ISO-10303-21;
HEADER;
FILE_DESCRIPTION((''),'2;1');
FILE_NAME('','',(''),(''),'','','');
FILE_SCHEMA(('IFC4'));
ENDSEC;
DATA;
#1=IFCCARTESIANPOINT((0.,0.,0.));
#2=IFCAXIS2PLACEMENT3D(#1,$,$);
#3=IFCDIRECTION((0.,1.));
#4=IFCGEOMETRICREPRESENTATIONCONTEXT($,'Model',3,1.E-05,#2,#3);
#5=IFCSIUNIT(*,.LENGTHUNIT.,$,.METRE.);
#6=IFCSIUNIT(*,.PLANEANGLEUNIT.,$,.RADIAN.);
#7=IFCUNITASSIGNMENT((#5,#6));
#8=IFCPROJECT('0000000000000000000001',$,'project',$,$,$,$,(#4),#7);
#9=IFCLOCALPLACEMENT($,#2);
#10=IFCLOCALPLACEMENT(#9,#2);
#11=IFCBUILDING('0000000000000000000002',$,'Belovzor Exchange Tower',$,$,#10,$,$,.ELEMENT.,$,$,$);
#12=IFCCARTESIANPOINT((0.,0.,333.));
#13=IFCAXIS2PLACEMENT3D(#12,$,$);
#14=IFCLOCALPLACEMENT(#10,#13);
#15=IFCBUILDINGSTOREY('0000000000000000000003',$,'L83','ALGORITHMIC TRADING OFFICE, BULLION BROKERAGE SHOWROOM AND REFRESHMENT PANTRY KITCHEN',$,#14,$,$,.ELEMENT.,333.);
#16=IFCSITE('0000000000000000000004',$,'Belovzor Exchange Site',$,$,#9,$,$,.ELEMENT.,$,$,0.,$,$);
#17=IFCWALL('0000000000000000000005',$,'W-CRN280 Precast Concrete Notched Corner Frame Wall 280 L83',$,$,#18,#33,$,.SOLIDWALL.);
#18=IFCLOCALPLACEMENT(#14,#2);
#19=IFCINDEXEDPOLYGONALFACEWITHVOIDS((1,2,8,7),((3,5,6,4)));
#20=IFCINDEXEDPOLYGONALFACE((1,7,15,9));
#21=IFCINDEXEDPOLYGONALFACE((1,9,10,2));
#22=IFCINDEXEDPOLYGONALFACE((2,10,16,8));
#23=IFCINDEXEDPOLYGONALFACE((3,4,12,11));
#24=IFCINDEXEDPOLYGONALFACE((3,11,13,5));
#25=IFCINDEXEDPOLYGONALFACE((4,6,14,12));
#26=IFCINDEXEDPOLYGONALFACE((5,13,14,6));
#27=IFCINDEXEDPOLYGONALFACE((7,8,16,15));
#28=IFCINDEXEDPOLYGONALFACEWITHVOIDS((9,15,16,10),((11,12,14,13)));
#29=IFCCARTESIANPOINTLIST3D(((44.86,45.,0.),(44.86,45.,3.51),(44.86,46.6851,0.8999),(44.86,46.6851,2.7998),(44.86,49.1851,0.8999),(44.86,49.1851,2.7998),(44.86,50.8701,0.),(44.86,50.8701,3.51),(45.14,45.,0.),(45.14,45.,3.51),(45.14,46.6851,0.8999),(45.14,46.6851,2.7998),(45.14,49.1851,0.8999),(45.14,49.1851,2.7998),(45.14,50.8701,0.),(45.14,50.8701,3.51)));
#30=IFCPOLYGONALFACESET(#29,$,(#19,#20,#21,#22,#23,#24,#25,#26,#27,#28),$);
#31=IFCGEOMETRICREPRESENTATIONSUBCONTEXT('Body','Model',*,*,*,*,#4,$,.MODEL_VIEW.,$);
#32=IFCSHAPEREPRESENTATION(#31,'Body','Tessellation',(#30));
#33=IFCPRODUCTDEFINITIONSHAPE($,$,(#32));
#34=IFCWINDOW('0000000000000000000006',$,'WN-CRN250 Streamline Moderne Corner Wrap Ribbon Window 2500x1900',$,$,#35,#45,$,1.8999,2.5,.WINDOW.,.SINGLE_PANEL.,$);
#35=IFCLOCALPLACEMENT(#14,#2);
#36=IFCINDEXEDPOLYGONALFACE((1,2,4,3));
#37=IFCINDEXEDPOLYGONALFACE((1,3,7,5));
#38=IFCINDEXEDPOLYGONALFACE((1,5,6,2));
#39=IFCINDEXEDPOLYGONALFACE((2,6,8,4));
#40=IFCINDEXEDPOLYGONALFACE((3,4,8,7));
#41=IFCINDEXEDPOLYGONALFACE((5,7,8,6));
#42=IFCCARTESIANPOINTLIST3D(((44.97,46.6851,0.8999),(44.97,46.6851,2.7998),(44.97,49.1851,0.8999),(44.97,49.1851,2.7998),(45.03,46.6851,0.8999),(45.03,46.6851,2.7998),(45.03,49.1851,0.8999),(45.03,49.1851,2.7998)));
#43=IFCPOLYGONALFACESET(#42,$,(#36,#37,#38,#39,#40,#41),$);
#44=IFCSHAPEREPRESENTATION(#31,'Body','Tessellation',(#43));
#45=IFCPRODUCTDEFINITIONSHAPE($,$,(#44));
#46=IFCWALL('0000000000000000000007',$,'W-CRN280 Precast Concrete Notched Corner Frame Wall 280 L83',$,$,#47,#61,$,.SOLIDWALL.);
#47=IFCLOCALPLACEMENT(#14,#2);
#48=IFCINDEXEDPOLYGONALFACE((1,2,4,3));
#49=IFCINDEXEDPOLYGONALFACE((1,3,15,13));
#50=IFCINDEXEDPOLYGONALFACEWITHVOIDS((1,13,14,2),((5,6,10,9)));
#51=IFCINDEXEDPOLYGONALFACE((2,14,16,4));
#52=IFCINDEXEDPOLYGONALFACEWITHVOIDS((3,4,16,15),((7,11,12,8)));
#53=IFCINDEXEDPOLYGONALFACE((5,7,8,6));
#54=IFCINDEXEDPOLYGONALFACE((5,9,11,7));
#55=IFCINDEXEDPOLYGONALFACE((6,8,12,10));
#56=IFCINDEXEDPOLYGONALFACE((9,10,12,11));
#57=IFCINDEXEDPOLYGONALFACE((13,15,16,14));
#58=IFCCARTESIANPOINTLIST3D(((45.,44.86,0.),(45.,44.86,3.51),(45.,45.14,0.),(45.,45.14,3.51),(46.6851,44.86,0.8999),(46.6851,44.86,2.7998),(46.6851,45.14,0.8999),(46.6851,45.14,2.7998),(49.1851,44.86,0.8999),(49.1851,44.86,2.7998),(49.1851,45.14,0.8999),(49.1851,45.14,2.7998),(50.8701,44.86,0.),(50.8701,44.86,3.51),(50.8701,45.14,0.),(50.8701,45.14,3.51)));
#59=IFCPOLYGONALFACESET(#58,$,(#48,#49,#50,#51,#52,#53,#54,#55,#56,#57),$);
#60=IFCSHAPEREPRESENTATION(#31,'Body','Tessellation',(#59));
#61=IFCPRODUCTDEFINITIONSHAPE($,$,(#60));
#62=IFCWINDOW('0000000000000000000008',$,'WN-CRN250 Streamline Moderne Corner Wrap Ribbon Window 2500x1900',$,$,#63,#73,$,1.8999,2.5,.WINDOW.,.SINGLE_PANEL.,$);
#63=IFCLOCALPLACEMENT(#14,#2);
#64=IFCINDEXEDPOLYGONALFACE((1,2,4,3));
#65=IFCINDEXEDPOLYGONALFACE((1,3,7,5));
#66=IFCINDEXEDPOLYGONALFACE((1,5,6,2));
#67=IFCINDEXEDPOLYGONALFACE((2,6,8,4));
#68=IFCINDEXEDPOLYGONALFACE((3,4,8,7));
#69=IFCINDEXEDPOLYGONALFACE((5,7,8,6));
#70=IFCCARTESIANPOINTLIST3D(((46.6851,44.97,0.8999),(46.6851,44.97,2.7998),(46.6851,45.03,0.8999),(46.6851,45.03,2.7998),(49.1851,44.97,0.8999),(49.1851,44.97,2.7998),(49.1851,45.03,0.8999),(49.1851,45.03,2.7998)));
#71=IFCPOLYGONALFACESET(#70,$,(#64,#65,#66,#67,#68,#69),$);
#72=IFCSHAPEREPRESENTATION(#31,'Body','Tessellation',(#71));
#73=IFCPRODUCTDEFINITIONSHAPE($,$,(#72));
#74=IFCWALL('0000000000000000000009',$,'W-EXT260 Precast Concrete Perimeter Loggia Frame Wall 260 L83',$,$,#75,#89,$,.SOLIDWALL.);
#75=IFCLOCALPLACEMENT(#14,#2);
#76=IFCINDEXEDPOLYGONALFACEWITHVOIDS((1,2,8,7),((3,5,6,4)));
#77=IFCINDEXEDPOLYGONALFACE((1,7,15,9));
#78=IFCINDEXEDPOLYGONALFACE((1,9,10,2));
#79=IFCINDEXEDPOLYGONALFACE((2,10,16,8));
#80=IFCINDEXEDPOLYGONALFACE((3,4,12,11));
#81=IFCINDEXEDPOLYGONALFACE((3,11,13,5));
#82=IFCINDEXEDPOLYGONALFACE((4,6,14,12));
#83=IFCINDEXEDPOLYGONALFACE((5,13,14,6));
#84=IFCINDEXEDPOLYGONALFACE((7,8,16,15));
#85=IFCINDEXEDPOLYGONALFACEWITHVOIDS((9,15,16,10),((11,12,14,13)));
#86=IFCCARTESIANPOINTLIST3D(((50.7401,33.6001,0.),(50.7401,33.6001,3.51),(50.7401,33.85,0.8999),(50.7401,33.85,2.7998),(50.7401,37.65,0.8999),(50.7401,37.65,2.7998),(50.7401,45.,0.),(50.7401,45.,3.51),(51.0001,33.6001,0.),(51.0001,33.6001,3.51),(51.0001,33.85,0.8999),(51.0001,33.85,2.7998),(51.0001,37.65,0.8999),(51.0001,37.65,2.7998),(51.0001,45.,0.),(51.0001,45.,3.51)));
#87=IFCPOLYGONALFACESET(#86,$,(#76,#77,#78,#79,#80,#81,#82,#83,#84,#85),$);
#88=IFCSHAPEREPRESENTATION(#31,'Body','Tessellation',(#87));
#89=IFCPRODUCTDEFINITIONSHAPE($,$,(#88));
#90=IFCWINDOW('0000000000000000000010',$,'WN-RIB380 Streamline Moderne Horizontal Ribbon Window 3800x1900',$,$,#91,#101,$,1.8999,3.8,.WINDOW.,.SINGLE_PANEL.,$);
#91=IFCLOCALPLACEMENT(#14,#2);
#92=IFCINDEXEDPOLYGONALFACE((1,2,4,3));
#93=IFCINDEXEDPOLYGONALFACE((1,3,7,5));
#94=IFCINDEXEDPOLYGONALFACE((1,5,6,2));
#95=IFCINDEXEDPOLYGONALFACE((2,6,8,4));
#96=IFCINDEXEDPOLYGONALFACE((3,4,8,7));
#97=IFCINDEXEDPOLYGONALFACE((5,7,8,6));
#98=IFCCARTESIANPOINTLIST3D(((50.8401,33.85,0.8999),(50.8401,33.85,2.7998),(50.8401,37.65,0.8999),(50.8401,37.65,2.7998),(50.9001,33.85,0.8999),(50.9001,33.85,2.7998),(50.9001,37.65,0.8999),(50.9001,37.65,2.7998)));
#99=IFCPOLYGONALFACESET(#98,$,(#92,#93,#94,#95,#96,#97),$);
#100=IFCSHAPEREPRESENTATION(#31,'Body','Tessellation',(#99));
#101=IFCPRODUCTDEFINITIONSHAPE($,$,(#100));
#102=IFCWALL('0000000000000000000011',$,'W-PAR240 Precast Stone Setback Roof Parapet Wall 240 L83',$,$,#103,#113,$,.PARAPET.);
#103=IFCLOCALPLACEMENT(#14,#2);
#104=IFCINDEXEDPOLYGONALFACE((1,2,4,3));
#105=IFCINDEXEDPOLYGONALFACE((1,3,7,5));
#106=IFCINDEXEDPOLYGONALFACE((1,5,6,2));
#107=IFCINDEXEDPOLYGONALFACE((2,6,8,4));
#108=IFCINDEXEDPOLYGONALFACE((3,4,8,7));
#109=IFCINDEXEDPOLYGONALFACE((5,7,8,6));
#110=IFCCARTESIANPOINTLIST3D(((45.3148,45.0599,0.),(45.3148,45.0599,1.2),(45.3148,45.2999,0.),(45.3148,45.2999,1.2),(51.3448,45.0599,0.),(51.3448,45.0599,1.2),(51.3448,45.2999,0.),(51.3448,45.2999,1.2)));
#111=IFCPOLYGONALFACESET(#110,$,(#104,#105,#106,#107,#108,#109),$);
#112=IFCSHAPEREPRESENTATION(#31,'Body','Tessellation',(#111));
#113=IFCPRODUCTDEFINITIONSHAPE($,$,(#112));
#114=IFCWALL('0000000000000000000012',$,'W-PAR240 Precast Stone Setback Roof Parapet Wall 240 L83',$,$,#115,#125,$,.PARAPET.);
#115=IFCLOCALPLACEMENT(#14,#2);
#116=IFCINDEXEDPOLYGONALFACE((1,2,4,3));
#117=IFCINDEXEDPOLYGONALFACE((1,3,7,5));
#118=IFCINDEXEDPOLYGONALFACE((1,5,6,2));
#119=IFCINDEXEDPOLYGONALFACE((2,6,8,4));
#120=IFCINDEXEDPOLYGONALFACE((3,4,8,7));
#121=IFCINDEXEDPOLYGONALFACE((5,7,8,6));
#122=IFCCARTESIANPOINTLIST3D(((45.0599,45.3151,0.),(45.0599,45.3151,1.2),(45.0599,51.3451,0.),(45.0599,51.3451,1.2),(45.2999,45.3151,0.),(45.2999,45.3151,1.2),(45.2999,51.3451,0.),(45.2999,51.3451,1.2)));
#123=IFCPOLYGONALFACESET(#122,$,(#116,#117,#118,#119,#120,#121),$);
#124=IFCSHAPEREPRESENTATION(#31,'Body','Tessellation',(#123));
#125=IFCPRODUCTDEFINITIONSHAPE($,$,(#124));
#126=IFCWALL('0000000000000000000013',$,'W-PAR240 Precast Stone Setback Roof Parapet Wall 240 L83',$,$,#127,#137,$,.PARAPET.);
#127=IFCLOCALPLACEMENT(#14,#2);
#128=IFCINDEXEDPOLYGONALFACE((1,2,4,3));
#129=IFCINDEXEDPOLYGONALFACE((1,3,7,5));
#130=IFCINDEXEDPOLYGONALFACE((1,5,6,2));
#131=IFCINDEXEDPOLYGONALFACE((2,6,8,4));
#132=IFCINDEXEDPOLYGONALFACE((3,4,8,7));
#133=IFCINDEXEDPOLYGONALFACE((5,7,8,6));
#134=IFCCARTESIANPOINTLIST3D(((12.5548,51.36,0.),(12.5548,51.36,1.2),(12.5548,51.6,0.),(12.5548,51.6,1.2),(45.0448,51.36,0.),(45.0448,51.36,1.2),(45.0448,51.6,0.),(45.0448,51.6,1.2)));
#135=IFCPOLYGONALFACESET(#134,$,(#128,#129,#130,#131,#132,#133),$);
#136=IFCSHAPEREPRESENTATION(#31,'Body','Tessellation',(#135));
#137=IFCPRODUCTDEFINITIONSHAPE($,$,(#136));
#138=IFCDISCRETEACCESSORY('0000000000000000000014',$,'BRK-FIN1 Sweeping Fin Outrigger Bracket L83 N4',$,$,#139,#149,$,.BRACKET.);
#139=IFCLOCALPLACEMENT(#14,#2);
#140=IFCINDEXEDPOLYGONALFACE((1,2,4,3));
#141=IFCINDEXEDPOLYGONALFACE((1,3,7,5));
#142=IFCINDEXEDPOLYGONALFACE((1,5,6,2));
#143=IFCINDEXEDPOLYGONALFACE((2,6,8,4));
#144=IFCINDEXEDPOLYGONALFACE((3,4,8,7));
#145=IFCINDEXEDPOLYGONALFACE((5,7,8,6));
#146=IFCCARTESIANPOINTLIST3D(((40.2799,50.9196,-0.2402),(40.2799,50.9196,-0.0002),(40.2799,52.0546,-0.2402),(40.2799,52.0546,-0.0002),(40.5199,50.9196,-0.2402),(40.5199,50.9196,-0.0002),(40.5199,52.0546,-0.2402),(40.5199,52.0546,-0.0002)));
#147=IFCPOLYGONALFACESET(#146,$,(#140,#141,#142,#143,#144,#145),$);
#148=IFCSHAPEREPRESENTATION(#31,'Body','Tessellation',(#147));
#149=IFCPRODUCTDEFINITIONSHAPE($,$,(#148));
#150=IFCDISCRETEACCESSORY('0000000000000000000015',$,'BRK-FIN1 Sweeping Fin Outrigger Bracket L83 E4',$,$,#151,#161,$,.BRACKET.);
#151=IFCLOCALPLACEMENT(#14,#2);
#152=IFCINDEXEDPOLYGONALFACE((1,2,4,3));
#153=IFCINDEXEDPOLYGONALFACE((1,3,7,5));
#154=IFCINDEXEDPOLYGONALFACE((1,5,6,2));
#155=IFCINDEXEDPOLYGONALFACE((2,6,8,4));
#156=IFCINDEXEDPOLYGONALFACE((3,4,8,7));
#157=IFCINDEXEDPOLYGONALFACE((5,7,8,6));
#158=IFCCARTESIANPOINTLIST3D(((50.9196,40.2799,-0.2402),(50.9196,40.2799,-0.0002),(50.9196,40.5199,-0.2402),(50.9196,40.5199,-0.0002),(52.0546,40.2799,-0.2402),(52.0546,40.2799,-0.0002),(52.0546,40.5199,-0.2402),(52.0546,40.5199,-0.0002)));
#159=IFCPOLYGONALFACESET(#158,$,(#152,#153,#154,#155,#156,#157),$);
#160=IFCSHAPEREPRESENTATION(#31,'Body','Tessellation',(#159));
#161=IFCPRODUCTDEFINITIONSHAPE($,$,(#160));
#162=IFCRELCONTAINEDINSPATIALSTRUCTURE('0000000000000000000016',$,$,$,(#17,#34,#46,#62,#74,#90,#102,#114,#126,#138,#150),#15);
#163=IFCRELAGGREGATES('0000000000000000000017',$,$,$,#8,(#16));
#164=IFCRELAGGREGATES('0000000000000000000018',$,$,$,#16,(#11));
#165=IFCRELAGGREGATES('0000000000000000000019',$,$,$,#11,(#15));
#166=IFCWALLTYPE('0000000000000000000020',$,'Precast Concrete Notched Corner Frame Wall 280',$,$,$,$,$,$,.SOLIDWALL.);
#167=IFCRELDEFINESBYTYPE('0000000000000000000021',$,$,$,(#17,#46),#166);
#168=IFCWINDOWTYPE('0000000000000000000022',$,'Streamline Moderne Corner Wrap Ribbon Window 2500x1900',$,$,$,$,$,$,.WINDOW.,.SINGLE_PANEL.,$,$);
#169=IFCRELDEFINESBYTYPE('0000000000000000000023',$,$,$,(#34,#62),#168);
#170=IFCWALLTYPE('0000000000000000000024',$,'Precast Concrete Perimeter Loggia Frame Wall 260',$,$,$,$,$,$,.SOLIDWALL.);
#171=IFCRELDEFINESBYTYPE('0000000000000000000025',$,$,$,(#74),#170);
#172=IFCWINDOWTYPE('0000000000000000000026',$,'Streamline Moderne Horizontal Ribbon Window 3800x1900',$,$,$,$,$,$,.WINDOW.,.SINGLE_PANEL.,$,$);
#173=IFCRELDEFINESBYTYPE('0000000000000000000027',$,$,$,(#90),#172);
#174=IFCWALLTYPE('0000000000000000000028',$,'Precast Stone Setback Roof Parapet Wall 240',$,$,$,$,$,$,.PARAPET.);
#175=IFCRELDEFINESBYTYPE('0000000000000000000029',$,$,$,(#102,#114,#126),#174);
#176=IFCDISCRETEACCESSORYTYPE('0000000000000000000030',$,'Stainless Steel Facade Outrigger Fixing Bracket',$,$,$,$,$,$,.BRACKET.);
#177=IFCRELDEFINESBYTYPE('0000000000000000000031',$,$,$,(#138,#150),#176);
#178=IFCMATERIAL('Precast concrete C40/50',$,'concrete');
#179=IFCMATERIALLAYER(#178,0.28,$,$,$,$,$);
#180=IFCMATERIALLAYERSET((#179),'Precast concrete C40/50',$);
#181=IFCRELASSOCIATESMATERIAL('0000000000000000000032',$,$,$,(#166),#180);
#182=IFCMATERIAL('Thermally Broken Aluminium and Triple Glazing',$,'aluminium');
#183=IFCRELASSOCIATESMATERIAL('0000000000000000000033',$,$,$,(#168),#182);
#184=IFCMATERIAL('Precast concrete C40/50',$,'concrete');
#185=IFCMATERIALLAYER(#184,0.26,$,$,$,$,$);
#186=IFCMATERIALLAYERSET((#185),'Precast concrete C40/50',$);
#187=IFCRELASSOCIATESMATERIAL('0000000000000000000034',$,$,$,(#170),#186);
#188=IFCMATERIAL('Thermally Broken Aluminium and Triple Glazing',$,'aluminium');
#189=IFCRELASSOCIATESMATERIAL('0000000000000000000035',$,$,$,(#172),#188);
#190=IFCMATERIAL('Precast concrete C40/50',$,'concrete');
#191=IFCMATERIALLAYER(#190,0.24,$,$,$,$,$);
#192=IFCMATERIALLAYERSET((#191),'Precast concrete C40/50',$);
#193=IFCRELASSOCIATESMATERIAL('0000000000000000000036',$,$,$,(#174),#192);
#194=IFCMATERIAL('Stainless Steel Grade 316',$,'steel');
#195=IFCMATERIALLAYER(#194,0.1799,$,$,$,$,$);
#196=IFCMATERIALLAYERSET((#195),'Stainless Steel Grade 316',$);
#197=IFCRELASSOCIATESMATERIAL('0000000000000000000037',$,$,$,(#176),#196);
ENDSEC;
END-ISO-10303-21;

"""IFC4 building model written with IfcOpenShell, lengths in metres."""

from ifc_helpers import new_model, si_unit, direction, frame, frame_2d, origin, origin_2d, place, context, subcontext, project, spatial, rectangle, extrude, material, layer, layer_set, type_object, element, fill, save


model = new_model("IFC4")

# Units and contexts
model_context = context("Model", 3, precision=1e-05, world=origin(), true_north=direction((0.0, 1.0)))
body_context = subcontext(model_context, "Body", "Model", "MODEL_VIEW")
ifc_project = project(units=[si_unit("LENGTHUNIT", "METRE"), si_unit("PLANEANGLEUNIT", "RADIAN")], contexts=[model_context])

# Site, building, storey
site_placement = place(None, origin())
site = spatial("IfcSite", under=ifc_project, at=site_placement, Name="Belovzor Exchange Site", CompositionType="ELEMENT", RefElevation=0.0)
building_placement = place(site_placement, origin())
building = spatial("IfcBuilding", under=site, at=building_placement, Name="Belovzor Exchange Tower", CompositionType="ELEMENT")
storey_placement = place(building_placement, frame((0.0, 0.0, 333.0)))
storey = spatial("IfcBuildingStorey", under=building, at=storey_placement, Name="L83", Description="ALGORITHMIC TRADING OFFICE, BULLION BROKERAGE SHOWROOM AND REFRESHMENT PANTRY KITCHEN", CompositionType="ELEMENT", Elevation=333.0)

# Walls, openings, windows
ifc_material_1 = material(Name="Precast concrete C40/50", Category="concrete")
ifc_layer_1 = layer(ifc_material_1, 0.28)
ifc_layer_set_1 = layer_set([ifc_layer_1], Name="Precast concrete C40/50")
wall_type_1 = type_object("IfcWallType", Name="Precast Concrete Notched Corner Frame Wall 280", PredefinedType="SOLIDWALL", material=ifc_layer_set_1)
wall_1_placement = place(storey_placement, frame((45.0, 50.8701, 0.0), z_axis=(0.0, 0.0, 1.0), x_axis=(0.0, -1.0, 0.0)))
wall_1 = element("IfcWall", 1, at=wall_1_placement, inside=storey, type_object=wall_type_1, Name="W-CRN280 Precast Concrete Notched Corner Frame Wall 280 L83", PredefinedType="SOLIDWALL", context=body_context, shape_type="SweptSolid", body=[
    extrude(rectangle(XDim=5.8701, YDim=0.28, at=frame_2d((2.9351, 0.0))), origin(), (0.0, 0.0, 1.0), 3.51),
])
opening_1_placement = place(wall_1_placement, frame((1.6851, 0.0, 0.8999)))
opening_1 = element("IfcOpeningElement", 2, at=opening_1_placement, cuts=wall_1, PredefinedType="OPENING", context=body_context, shape_type="SweptSolid", body=[
    extrude(rectangle(XDim=2.5, YDim=1.8999, at=frame_2d((1.25, 0.95))), frame((0.0, 0.1499, 0.0), z_axis=(0.0, -1.0, 0.0), x_axis=(1.0, 0.0, 0.0)), (0.0, 0.0, 1.0), 0.3),
])
ifc_material_2 = material(Name="Thermally Broken Aluminium and Triple Glazing", Category="aluminium")
window_type_1 = type_object("IfcWindowType", Name="Streamline Moderne Corner Wrap Ribbon Window 2500x1900", PartitioningType="SINGLE_PANEL", PredefinedType="WINDOW", material=ifc_material_2)
window_1_placement = place(opening_1_placement, origin())
window_1 = element("IfcWindow", 3, at=window_1_placement, inside=storey, type_object=window_type_1, Name="WN-CRN250 Streamline Moderne Corner Wrap Ribbon Window 2500x1900", OverallHeight=1.8999, OverallWidth=2.5, PartitioningType="SINGLE_PANEL", PredefinedType="WINDOW", context=body_context, shape_type="SweptSolid", body=[
    extrude(rectangle(XDim=2.5, YDim=1.8999, at=frame_2d((1.25, 0.95))), frame((0.0, 0.03, 0.0), z_axis=(0.0, -1.0, 0.0), x_axis=(1.0, 0.0, 0.0)), (0.0, 0.0, 1.0), 0.0601),
])
fill(opening_1, window_1)
wall_2_placement = place(storey_placement, frame((45.0, 45.0, 0.0), z_axis=(0.0, 0.0, 1.0), x_axis=(1.0, 0.0, 0.0)))
wall_2 = element("IfcWall", 4, at=wall_2_placement, inside=storey, type_object=wall_type_1, Name="W-CRN280 Precast Concrete Notched Corner Frame Wall 280 L83", PredefinedType="SOLIDWALL", context=body_context, shape_type="SweptSolid", body=[
    extrude(rectangle(XDim=5.8701, YDim=0.28, at=frame_2d((2.9351, 0.0))), origin(), (0.0, 0.0, 1.0), 3.51),
])
opening_2_placement = place(wall_2_placement, frame((1.6851, 0.0, 0.8999)))
opening_2 = element("IfcOpeningElement", 5, at=opening_2_placement, cuts=wall_2, PredefinedType="OPENING", context=body_context, shape_type="SweptSolid", body=[
    extrude(rectangle(XDim=2.5, YDim=1.8999, at=frame_2d((1.25, 0.95))), frame((0.0, 0.1499, 0.0), z_axis=(0.0, -1.0, 0.0), x_axis=(1.0, 0.0, 0.0)), (0.0, 0.0, 1.0), 0.3),
])
window_2_placement = place(opening_2_placement, origin())
window_2 = element("IfcWindow", 6, at=window_2_placement, inside=storey, type_object=window_type_1, Name="WN-CRN250 Streamline Moderne Corner Wrap Ribbon Window 2500x1900", OverallHeight=1.8999, OverallWidth=2.5, PartitioningType="SINGLE_PANEL", PredefinedType="WINDOW", context=body_context, shape_type="SweptSolid", body=[
    extrude(rectangle(XDim=2.5, YDim=1.8999, at=frame_2d((1.25, 0.95))), frame((0.0, 0.03, 0.0), z_axis=(0.0, -1.0, 0.0), x_axis=(1.0, 0.0, 0.0)), (0.0, 0.0, 1.0), 0.0601),
])
fill(opening_2, window_2)
ifc_material_3 = material(Name="Precast concrete C40/50", Category="concrete")
ifc_layer_2 = layer(ifc_material_3, 0.26)
ifc_layer_set_2 = layer_set([ifc_layer_2], Name="Precast concrete C40/50")
wall_type_2 = type_object("IfcWallType", Name="Precast Concrete Perimeter Loggia Frame Wall 260", PredefinedType="SOLIDWALL", material=ifc_layer_set_2)
wall_3_placement = place(storey_placement, frame((50.8701, 45.0, 0.0), z_axis=(0.0, 0.0, 1.0), x_axis=(0.0, -1.0, 0.0)))
wall_3 = element("IfcWall", 7, at=wall_3_placement, inside=storey, type_object=wall_type_2, Name="W-EXT260 Precast Concrete Perimeter Loggia Frame Wall 260 L83", PredefinedType="SOLIDWALL", context=body_context, shape_type="SweptSolid", body=[
    extrude(rectangle(XDim=11.3999, YDim=0.26, at=frame_2d((5.7, 0.0))), origin(), (0.0, 0.0, 1.0), 3.51),
])
opening_3_placement = place(wall_3_placement, frame((7.3501, 0.0, 0.8999)))
opening_3 = element("IfcOpeningElement", 8, at=opening_3_placement, cuts=wall_3, PredefinedType="OPENING", context=body_context, shape_type="SweptSolid", body=[
    extrude(rectangle(XDim=3.8, YDim=1.8999, at=frame_2d((1.8999, 0.95))), frame((0.0, 0.1399, 0.0), z_axis=(0.0, -1.0, 0.0), x_axis=(1.0, 0.0, 0.0)), (0.0, 0.0, 1.0), 0.28),
])
ifc_material_4 = material(Name="Thermally Broken Aluminium and Triple Glazing", Category="aluminium")
window_type_2 = type_object("IfcWindowType", Name="Streamline Moderne Horizontal Ribbon Window 3800x1900", PartitioningType="SINGLE_PANEL", PredefinedType="WINDOW", material=ifc_material_4)
window_3_placement = place(opening_3_placement, origin())
window_3 = element("IfcWindow", 9, at=window_3_placement, inside=storey, type_object=window_type_2, Name="WN-RIB380 Streamline Moderne Horizontal Ribbon Window 3800x1900", OverallHeight=1.8999, OverallWidth=3.8, PartitioningType="SINGLE_PANEL", PredefinedType="WINDOW", context=body_context, shape_type="SweptSolid", body=[
    extrude(rectangle(XDim=3.8, YDim=1.8999, at=frame_2d((1.8999, 0.95))), frame((0.0, 0.03, 0.0), z_axis=(0.0, -1.0, 0.0), x_axis=(1.0, 0.0, 0.0)), (0.0, 0.0, 1.0), 0.0601),
])
fill(opening_3, window_3)

# Walls
ifc_material_5 = material(Name="Precast concrete C40/50", Category="concrete")
ifc_layer_3 = layer(ifc_material_5, 0.24)
ifc_layer_set_3 = layer_set([ifc_layer_3], Name="Precast concrete C40/50")
wall_type_3 = type_object("IfcWallType", Name="Precast Stone Setback Roof Parapet Wall 240", PredefinedType="PARAPET", material=ifc_layer_set_3)
for number, where, z_axis, x_axis, name in (
    (10, (51.345, 45.1799, 0.0), (0.0, 0.0, 1.0), (-1.0, 0.0, 0.0), "W-PAR240 Precast Stone Setback Roof Parapet Wall 240 L83"),
    (11, (45.1799, 45.3149, 0.0), (0.0, 0.0, 1.0), (0.0, 1.0, 0.0), "W-PAR240 Precast Stone Setback Roof Parapet Wall 240 L83"),
):
    element("IfcWall", number, at=place(storey_placement, frame(where, z_axis=z_axis, x_axis=x_axis)), inside=storey, type_object=wall_type_3, Name=name, PredefinedType="PARAPET", context=body_context, shape_type="SweptSolid", body=[
        extrude(rectangle(XDim=6.03, YDim=0.24, at=frame_2d((3.0151, 0.0))), origin(), (0.0, 0.0, 1.0), 1.2),
    ])
wall_4_placement = place(storey_placement, frame((45.0449, 51.48, 0.0), z_axis=(0.0, 0.0, 1.0), x_axis=(-1.0, 0.0, 0.0)))
element("IfcWall", 12, at=wall_4_placement, inside=storey, type_object=wall_type_3, Name="W-PAR240 Precast Stone Setback Roof Parapet Wall 240 L83", PredefinedType="PARAPET", context=body_context, shape_type="SweptSolid", body=[
    extrude(rectangle(XDim=32.49, YDim=0.24, at=frame_2d((16.2451, 0.0))), origin(), (0.0, 0.0, 1.0), 1.2),
])

# Discrete accessories
ifc_material_6 = material(Name="Stainless Steel Grade 316", Category="steel")
ifc_layer_4 = layer(ifc_material_6, 0.1799)
ifc_layer_set_4 = layer_set([ifc_layer_4], Name="Stainless Steel Grade 316")
discrete_accessory_type = type_object("IfcDiscreteAccessoryType", Name="Stainless Steel Facade Outrigger Fixing Bracket", PredefinedType="BRACKET", material=ifc_layer_set_4)
for number, where, z_axis, x_axis, name in (
    (13, (40.3999, 51.4871, -0.2402), (0.0, 0.0, 1.0), (0.0, 1.0, 0.0), "BRK-FIN1 Sweeping Fin Outrigger Bracket L83 N4"),
    (14, (51.4871, 40.3999, -0.2402), (0.0, 0.0, 1.0), (1.0, 0.0, 0.0), "BRK-FIN1 Sweeping Fin Outrigger Bracket L83 E4"),
):
    element("IfcDiscreteAccessory", number, at=place(storey_placement, frame(where, z_axis=z_axis, x_axis=x_axis)), inside=storey, type_object=discrete_accessory_type, Name=name, PredefinedType="BRACKET", context=body_context, shape_type="SweptSolid", body=[
        extrude(rectangle(XDim=1.135, YDim=0.24, at=origin_2d()), origin(), (0.0, 0.0, 1.0), 0.24),
    ])

save(model, "model.ifc")
